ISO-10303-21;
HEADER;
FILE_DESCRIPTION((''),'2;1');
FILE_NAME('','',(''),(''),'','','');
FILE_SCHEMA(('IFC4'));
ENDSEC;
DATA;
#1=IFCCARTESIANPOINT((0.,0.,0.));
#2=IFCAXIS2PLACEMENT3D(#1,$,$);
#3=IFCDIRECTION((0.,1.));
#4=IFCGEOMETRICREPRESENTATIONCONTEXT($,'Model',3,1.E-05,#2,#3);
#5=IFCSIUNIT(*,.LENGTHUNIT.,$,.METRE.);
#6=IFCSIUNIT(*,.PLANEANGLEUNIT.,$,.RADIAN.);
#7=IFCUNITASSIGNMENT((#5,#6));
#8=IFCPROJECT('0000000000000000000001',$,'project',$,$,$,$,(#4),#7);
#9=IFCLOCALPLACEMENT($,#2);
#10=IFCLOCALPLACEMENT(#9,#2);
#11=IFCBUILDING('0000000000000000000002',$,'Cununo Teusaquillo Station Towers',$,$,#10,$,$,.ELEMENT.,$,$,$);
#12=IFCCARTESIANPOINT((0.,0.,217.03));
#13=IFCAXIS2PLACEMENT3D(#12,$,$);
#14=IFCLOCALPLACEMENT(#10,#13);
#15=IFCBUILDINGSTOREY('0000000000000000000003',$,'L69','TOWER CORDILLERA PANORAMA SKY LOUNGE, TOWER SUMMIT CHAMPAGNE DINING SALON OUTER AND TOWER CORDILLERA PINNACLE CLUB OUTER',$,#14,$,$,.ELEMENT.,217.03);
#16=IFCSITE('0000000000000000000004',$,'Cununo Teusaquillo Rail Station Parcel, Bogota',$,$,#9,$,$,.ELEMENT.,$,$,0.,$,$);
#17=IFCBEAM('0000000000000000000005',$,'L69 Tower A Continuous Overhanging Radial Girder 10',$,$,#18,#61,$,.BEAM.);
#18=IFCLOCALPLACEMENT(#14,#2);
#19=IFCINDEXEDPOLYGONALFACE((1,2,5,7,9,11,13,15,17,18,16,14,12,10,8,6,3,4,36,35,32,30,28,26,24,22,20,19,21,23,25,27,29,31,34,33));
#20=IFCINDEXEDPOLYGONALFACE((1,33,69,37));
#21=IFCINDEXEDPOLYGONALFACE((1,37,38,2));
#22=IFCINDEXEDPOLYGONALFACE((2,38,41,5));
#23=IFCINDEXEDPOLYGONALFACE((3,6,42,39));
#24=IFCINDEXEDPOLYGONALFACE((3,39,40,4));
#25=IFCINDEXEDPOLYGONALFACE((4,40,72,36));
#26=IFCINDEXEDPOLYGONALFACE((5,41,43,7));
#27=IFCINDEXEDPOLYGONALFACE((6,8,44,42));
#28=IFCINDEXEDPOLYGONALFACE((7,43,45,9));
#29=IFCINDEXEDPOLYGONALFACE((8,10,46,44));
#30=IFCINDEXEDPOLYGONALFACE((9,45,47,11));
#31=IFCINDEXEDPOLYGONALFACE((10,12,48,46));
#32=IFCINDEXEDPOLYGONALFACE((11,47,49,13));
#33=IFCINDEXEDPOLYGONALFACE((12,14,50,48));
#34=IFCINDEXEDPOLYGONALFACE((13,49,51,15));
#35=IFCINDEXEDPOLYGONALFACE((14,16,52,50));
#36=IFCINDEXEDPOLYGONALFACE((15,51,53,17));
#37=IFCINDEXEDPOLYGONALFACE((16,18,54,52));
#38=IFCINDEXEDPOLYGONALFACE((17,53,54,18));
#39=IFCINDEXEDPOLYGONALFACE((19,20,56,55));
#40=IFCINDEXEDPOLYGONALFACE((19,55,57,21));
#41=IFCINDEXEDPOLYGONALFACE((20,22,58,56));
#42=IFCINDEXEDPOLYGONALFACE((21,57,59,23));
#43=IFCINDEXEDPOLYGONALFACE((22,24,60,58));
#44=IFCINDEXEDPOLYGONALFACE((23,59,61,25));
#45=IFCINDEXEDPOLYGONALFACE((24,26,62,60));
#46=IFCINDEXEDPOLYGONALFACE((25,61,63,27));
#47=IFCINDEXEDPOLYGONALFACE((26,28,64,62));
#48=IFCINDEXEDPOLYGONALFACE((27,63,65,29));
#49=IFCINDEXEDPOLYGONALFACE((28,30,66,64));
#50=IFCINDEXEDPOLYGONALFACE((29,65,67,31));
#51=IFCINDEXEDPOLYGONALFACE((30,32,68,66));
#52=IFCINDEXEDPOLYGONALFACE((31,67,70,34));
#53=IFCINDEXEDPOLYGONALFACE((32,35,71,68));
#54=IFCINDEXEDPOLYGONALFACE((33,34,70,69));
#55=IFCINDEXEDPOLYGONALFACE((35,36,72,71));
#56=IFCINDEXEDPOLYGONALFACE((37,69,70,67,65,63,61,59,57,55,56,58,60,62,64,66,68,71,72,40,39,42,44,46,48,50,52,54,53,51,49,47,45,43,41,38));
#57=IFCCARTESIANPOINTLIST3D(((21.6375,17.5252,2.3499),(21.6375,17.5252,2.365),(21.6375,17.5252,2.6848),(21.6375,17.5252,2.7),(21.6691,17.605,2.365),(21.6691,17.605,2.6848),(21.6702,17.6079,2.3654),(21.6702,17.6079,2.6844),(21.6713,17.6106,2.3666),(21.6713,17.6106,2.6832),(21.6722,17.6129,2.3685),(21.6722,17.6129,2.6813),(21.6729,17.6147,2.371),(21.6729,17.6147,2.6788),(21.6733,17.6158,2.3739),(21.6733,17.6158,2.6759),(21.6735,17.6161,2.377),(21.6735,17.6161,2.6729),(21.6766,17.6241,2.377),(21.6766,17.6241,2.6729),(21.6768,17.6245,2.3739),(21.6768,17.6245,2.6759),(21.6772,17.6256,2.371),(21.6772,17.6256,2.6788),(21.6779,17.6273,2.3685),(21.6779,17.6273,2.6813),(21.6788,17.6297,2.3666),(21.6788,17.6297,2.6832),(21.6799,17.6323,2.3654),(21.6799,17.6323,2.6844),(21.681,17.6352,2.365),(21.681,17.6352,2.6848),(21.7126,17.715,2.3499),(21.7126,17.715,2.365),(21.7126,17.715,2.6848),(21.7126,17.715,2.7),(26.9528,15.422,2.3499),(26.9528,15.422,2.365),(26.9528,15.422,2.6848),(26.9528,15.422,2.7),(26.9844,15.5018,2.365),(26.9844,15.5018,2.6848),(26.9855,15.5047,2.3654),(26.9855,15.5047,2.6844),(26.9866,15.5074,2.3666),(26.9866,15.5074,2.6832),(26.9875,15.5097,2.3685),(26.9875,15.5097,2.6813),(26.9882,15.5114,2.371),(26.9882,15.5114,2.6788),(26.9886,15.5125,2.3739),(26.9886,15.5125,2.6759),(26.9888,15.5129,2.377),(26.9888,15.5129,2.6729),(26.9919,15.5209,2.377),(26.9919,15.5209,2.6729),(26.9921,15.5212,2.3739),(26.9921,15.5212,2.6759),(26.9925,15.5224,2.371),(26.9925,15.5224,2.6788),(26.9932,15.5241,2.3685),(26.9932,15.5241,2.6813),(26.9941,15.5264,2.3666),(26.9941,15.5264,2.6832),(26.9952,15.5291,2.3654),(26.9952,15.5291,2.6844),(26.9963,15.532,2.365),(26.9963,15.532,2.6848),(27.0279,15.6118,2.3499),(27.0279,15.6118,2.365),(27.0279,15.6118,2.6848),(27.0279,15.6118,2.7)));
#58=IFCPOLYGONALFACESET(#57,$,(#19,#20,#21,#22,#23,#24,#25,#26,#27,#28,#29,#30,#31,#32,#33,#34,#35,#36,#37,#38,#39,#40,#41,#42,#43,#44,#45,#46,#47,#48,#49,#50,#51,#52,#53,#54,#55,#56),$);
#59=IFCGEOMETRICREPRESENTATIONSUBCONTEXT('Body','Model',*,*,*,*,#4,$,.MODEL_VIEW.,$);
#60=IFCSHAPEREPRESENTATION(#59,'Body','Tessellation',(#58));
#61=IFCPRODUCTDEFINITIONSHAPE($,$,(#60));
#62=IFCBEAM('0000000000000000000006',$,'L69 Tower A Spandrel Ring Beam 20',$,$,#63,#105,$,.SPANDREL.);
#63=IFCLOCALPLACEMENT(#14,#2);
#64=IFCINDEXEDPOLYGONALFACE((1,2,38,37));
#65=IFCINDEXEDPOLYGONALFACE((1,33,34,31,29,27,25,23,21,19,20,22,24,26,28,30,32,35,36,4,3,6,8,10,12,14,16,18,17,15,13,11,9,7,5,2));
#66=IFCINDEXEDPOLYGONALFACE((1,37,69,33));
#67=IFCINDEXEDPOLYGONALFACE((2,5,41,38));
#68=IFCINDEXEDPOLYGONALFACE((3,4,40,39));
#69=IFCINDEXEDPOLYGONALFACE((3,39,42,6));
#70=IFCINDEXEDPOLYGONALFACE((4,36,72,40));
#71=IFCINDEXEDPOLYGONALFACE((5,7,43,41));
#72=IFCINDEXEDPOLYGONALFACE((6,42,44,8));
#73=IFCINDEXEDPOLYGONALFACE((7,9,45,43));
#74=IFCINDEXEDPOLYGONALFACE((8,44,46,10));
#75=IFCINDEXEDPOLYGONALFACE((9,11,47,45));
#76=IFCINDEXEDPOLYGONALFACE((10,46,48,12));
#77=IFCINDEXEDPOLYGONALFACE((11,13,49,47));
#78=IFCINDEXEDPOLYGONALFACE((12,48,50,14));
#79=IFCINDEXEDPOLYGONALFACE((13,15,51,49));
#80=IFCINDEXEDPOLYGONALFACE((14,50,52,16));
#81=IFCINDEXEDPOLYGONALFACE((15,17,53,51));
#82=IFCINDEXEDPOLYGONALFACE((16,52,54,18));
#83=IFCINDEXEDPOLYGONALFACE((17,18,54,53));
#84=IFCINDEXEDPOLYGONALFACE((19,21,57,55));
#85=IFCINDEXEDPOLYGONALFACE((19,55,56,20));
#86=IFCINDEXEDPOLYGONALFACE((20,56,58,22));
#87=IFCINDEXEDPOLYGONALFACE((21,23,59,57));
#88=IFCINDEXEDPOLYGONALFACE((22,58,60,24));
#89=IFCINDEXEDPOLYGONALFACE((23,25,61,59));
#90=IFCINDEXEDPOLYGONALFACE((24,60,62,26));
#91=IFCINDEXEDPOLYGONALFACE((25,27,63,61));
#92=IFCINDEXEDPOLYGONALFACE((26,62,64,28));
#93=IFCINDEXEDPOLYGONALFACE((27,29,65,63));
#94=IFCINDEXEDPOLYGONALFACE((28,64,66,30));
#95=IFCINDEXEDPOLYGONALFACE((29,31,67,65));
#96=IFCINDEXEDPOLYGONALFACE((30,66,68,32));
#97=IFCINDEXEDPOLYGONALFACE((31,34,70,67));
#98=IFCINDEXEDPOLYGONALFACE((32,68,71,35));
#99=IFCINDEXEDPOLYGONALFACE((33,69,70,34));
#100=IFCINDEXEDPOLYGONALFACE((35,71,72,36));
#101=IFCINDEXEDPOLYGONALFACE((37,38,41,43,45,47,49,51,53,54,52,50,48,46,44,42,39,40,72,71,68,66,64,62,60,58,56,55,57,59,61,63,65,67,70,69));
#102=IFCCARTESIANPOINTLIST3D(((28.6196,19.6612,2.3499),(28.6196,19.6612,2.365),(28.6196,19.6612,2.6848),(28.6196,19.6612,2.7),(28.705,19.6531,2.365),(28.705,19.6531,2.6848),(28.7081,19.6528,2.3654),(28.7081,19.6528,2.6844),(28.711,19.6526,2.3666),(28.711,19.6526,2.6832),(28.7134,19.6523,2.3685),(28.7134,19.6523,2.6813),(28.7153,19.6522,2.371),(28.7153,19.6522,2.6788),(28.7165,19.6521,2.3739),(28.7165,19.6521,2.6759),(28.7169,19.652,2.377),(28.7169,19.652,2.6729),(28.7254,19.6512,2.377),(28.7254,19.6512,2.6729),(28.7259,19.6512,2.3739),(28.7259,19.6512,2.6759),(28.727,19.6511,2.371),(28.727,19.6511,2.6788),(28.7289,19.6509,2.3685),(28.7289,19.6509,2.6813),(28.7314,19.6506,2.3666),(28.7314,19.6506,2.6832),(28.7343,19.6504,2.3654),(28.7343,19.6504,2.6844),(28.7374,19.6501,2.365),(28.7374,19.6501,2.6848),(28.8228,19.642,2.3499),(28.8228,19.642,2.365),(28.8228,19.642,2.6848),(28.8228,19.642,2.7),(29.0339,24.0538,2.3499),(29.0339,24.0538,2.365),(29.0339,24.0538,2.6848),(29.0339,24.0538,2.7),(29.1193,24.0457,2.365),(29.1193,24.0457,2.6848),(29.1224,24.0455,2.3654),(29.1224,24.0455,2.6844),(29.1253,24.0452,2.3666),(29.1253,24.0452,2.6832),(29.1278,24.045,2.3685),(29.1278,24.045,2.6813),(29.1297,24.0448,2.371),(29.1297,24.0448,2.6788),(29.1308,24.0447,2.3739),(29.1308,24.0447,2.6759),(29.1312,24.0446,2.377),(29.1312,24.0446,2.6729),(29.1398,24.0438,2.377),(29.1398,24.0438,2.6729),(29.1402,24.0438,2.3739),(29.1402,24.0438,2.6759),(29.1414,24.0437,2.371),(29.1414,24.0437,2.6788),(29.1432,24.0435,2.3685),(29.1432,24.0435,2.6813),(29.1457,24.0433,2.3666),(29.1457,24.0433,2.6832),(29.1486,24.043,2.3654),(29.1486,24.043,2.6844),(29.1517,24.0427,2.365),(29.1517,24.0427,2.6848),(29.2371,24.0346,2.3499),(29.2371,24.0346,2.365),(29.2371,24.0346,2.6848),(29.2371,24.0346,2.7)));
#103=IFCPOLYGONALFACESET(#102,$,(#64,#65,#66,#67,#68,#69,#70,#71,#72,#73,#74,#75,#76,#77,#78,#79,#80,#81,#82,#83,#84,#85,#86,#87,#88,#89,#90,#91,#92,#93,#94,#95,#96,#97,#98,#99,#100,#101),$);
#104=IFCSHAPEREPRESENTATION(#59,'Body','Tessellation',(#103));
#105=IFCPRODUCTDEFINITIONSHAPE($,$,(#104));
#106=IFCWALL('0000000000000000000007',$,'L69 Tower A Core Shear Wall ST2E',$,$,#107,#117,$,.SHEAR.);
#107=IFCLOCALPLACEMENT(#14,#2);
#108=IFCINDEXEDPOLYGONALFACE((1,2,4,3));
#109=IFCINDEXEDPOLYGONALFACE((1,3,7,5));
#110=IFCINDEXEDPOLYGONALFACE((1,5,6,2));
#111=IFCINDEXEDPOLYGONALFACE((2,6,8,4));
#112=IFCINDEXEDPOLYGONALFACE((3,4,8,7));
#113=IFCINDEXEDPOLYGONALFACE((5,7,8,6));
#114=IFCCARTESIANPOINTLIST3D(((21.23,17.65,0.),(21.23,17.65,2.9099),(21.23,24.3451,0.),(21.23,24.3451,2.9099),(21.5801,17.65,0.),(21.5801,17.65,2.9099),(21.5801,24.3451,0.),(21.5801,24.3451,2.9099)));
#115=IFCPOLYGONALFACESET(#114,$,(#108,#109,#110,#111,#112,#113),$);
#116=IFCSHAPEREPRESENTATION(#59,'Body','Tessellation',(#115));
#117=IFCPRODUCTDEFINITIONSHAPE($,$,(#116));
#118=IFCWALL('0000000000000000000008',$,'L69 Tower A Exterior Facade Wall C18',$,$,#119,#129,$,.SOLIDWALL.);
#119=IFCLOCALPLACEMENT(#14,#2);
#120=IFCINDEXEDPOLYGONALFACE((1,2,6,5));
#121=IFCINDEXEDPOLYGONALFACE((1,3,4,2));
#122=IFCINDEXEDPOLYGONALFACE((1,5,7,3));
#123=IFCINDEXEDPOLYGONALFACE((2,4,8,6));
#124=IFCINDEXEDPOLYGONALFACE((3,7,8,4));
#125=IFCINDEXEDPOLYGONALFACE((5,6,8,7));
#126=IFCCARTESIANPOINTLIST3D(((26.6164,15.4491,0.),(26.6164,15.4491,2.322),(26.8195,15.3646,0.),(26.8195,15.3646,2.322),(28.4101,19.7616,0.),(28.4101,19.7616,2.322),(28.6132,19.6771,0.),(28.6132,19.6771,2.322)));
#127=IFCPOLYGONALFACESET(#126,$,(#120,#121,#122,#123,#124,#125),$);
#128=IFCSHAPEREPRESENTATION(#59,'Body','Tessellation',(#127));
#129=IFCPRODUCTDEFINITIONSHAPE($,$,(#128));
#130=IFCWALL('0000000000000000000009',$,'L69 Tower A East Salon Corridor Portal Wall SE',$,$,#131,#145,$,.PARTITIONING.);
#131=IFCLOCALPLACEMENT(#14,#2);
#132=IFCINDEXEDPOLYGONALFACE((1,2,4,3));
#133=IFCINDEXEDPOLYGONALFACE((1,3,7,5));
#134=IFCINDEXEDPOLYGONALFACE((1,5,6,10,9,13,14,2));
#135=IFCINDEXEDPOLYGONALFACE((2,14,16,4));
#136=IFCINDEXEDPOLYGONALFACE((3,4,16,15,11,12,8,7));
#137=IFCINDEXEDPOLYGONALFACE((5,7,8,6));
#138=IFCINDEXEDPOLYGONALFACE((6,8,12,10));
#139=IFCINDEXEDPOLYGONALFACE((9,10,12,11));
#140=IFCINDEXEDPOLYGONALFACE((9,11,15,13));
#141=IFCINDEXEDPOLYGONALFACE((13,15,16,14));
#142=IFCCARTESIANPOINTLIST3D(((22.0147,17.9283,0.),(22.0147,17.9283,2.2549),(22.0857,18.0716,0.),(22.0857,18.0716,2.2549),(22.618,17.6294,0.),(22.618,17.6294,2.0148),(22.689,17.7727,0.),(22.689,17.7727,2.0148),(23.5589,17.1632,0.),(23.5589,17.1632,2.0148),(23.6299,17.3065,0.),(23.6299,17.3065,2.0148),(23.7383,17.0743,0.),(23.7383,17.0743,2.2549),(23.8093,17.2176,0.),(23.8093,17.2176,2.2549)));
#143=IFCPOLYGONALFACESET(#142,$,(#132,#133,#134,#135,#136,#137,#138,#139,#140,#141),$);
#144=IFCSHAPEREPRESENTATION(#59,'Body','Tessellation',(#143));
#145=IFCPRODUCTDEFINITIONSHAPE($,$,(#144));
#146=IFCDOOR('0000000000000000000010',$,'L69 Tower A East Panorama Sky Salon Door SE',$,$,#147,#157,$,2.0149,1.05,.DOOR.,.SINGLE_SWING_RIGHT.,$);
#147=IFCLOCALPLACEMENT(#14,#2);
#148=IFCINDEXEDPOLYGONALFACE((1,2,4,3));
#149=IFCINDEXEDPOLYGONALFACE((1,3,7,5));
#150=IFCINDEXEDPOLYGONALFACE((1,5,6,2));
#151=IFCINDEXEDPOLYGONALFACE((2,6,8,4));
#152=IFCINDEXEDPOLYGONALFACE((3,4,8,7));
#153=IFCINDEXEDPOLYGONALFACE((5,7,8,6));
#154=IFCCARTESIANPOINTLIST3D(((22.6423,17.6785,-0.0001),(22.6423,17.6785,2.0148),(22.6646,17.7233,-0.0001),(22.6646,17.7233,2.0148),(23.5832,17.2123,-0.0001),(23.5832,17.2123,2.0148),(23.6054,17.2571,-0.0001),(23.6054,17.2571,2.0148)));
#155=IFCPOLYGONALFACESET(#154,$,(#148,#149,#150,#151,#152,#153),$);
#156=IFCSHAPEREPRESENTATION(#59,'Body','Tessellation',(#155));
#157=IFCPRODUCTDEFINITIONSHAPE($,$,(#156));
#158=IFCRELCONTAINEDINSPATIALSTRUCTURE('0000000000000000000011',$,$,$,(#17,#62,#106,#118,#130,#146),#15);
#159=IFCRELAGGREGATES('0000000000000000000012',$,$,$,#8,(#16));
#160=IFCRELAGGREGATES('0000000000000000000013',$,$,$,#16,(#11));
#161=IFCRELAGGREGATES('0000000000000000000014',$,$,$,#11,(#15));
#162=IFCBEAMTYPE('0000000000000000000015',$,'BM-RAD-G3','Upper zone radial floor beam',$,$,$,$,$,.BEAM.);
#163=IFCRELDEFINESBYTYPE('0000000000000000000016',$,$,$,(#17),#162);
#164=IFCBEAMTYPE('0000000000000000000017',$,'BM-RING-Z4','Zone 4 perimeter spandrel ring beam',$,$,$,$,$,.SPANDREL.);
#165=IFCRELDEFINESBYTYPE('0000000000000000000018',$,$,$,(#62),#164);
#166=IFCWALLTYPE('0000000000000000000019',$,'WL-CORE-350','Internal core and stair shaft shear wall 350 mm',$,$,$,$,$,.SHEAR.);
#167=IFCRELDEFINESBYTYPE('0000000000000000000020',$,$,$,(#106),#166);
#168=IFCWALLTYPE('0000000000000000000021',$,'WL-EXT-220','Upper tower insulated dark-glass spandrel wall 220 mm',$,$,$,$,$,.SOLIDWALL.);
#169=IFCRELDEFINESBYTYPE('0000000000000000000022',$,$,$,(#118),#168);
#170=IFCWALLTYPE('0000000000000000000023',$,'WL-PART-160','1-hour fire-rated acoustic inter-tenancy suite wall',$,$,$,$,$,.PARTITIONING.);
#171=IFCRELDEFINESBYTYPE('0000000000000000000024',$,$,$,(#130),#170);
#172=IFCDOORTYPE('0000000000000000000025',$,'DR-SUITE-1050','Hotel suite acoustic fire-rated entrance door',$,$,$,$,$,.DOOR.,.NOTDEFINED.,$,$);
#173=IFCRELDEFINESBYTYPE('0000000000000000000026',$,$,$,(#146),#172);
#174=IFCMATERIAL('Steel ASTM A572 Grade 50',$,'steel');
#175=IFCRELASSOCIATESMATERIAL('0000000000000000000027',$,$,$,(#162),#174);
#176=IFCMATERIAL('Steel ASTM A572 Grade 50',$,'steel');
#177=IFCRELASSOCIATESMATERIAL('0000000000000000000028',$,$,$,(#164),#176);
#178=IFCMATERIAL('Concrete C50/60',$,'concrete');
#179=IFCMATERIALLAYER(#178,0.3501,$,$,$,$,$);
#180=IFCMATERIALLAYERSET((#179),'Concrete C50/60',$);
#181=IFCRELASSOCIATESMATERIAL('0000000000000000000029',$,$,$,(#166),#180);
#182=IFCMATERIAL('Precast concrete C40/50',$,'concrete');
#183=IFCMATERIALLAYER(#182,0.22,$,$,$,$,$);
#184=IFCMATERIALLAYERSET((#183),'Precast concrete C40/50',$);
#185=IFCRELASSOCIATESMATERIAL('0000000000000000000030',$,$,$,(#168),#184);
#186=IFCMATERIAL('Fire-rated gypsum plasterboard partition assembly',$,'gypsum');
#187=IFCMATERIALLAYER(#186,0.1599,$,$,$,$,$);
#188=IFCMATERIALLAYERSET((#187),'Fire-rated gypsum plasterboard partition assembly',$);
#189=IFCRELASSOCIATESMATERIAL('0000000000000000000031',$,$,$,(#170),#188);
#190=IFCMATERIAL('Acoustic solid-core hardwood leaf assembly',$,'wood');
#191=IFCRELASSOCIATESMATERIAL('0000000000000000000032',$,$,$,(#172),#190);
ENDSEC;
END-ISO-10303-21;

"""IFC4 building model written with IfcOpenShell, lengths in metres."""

from ifc_helpers import new_model, si_unit, direction, frame, frame_2d, origin, origin_2d, place, context, subcontext, project, spatial, rectangle, i_section, extrude, source, transform, mapped, material, layer, layer_set, material_profile, profile_set, type_object, element, fill, save


model = new_model("IFC4")

# Units and contexts
model_context = context("Model", 3, precision=1e-05, world=origin(), true_north=direction((0.0, 1.0)))
body_context = subcontext(model_context, "Body", "Model", "MODEL_VIEW")
ifc_project = project(units=[si_unit("LENGTHUNIT", "METRE"), si_unit("PLANEANGLEUNIT", "RADIAN")], contexts=[model_context])

# Site, building, storey
site_placement = place(None, origin())
site = spatial("IfcSite", under=ifc_project, at=site_placement, Name="Cununo Teusaquillo Rail Station Parcel, Bogota", CompositionType="ELEMENT", RefElevation=0.0)
building_placement = place(site_placement, origin())
building = spatial("IfcBuilding", under=site, at=building_placement, Name="Cununo Teusaquillo Station Towers", CompositionType="ELEMENT")
storey_placement = place(building_placement, frame((0.0, 0.0, 217.03)))
storey = spatial("IfcBuildingStorey", under=building, at=storey_placement, Name="L69", Description="TOWER CORDILLERA PANORAMA SKY LOUNGE, TOWER SUMMIT CHAMPAGNE DINING SALON OUTER AND TOWER CORDILLERA PINNACLE CLUB OUTER", CompositionType="ELEMENT", Elevation=217.03)

# Beams
ifc_material_1 = material(Name="Steel ASTM A572 Grade 50", Category="steel")
ifc_material_profile_1 = material_profile(ifc_material_1, i_section(OverallWidth=0.2041, OverallDepth=0.3501, WebThickness=0.0085, FlangeThickness=0.0151, FilletRadius=0.012, at=origin_2d()), Name="W14X48")
ifc_profile_set_1 = profile_set([ifc_material_profile_1], Name="Steel ASTM A572 Grade 50")
beam_type_1 = type_object("IfcBeamType", Name="BM-RAD-G3", Description="Upper zone radial floor beam", PredefinedType="BEAM", material=ifc_profile_set_1)
beam_1_placement = place(storey_placement, frame((21.675, 17.6201, 2.5249), z_axis=(0.929852, -0.367935, 0.0), x_axis=(0.367935, 0.929852, 0.0)))
element("IfcBeam", 1, at=beam_1_placement, inside=storey, type_object=beam_type_1, Name="L69 Tower A Continuous Overhanging Radial Girder 10", PredefinedType="BEAM", context=body_context, shape_type="SweptSolid", body=[
    extrude(i_section(OverallWidth=0.2041, OverallDepth=0.3501, WebThickness=0.0085, FlangeThickness=0.0151, FilletRadius=0.012, at=origin_2d()), origin(), (0.0, 0.0, 1.0), 5.7163),
])
ifc_material_2 = material(Name="Steel ASTM A572 Grade 50", Category="steel")
ifc_material_profile_2 = material_profile(ifc_material_2, i_section(OverallWidth=0.2041, OverallDepth=0.3501, WebThickness=0.0085, FlangeThickness=0.0151, FilletRadius=0.012, at=origin_2d()), Name="W14X48")
ifc_profile_set_2 = profile_set([ifc_material_profile_2], Name="Steel ASTM A572 Grade 50")
beam_type_2 = type_object("IfcBeamType", Name="BM-RING-Z4", Description="Zone 4 perimeter spandrel ring beam", PredefinedType="SPANDREL", material=ifc_profile_set_2)
beam_2_placement = place(storey_placement, frame((28.7212, 19.6516, 2.5249), z_axis=(0.093903, 0.995581, 0.0), x_axis=(-0.995581, 0.093903, 0.0)))
element("IfcBeam", 2, at=beam_2_placement, inside=storey, type_object=beam_type_2, Name="L69 Tower A Spandrel Ring Beam 20", PredefinedType="SPANDREL", context=body_context, shape_type="SweptSolid", body=[
    extrude(i_section(OverallWidth=0.2041, OverallDepth=0.3501, WebThickness=0.0085, FlangeThickness=0.0151, FilletRadius=0.012, at=origin_2d()), origin(), (0.0, 0.0, 1.0), 4.4121),
])

# Walls
ifc_material_3 = material(Name="Concrete C50/60", Category="concrete")
ifc_layer_1 = layer(ifc_material_3, 0.3501)
ifc_layer_set_1 = layer_set([ifc_layer_1], Name="Concrete C50/60")
wall_type_1 = type_object("IfcWallType", Name="WL-CORE-350", Description="Internal core and stair shaft shear wall 350 mm", PredefinedType="SHEAR", material=ifc_layer_set_1)
wall_1_placement = place(storey_placement, frame((21.405, 17.6499, 0.0), z_axis=(0.0, 0.0, 1.0), x_axis=(0.0, 1.0, 0.0)))
element("IfcWall", 3, at=wall_1_placement, inside=storey, type_object=wall_type_1, Name="L69 Tower A Core Shear Wall ST2E", PredefinedType="SHEAR", context=body_context, shape_type="SweptSolid", body=[
    extrude(rectangle(XDim=6.6951, YDim=0.3501, at=frame_2d((3.3477, 0.0))), origin(), (0.0, 0.0, 1.0), 2.9099),
])
ifc_material_4 = material(Name="Precast concrete C40/50", Category="concrete")
ifc_layer_2 = layer(ifc_material_4, 0.22)
ifc_layer_set_2 = layer_set([ifc_layer_2], Name="Precast concrete C40/50")
wall_type_2 = type_object("IfcWallType", Name="WL-EXT-220", Description="Upper tower insulated dark-glass spandrel wall 220 mm", PredefinedType="SOLIDWALL", material=ifc_layer_set_2)
wall_2_placement = place(storey_placement, frame((28.5117, 19.7195, 0.0), z_axis=(0.0, 0.0, 1.0), x_axis=(-0.384036, -0.923318, 0.0)))
element("IfcWall", 4, at=wall_2_placement, inside=storey, type_object=wall_type_2, Name="L69 Tower A Exterior Facade Wall C18", PredefinedType="SOLIDWALL", context=body_context, shape_type="SweptSolid", body=[
    extrude(rectangle(XDim=4.6707, YDim=0.22, at=frame_2d((2.3354, 0.0))), origin(), (0.0, 0.0, 1.0), 2.322),
])

# Wall, opening, door
ifc_material_5 = material(Name="Fire-rated gypsum plasterboard partition assembly", Category="gypsum")
ifc_layer_3 = layer(ifc_material_5, 0.1599)
ifc_layer_set_3 = layer_set([ifc_layer_3], Name="Fire-rated gypsum plasterboard partition assembly")
wall_type_3 = type_object("IfcWallType", Name="WL-PART-160", Description="1-hour fire-rated acoustic inter-tenancy suite wall", PredefinedType="PARTITIONING", material=ifc_layer_set_3)
wall_3_placement = place(storey_placement, frame((22.05, 18.0, 0.0), z_axis=(0.0, 0.0, 1.0), x_axis=(0.896046, -0.443962, 0.0)))
wall_3 = element("IfcWall", 5, at=wall_3_placement, inside=storey, type_object=wall_type_3, Name="L69 Tower A East Salon Corridor Portal Wall SE", PredefinedType="PARTITIONING", context=body_context, shape_type="SweptSolid", body=[
    extrude(rectangle(XDim=1.9236, YDim=0.1599, at=frame_2d((0.9619, 0.0))), origin(), (0.0, 0.0, 1.0), 2.2549),
])
shared_shape_1 = source(origin(), body_context, "Body", "SweptSolid", [
    extrude(rectangle(XDim=1.05, YDim=2.0149, at=frame_2d((0.5249, 1.0073))), frame((0.0, 0.0898, 0.0), z_axis=(0.0, -1.0, 0.0), x_axis=(1.0, 0.0, 0.0)), (0.0, 0.0, 1.0), 0.1799),
])
opening_placement = place(wall_3_placement, frame((0.6736, 0.0, 0.0)))
opening = element("IfcOpeningElement", 6, at=opening_placement, cuts=wall_3, PredefinedType="OPENING", context=body_context, shape_type="MappedRepresentation", body=[
    mapped(shared_shape_1, transform((0.0, 0.0, 0.0), x_axis=(1.0, 0.0, 0.0), y_axis=(0.0, 1.0, 0.0), z_axis=(0.0, 0.0, 1.0), scale=1.0)),
])
ifc_material_6 = material(Name="Acoustic solid-core hardwood leaf assembly", Category="wood")
door_type = type_object("IfcDoorType", Name="DR-SUITE-1050", Description="Hotel suite acoustic fire-rated entrance door", OperationType="NOTDEFINED", PredefinedType="DOOR", material=ifc_material_6)
shared_shape_2 = source(origin(), body_context, "Body", "SweptSolid", [
    extrude(rectangle(XDim=1.05, YDim=2.0149, at=frame_2d((0.5249, 1.0073))), frame((0.0, 0.0249, 0.0), z_axis=(0.0, -1.0, 0.0), x_axis=(1.0, 0.0, 0.0)), (0.0, 0.0, 1.0), 0.05),
])
door_placement = place(opening_placement, origin())
door = element("IfcDoor", 7, at=door_placement, inside=storey, type_object=door_type, Name="L69 Tower A East Panorama Sky Salon Door SE", OperationType="SINGLE_SWING_RIGHT", OverallHeight=2.0149, OverallWidth=1.05, PredefinedType="DOOR", context=body_context, shape_type="MappedRepresentation", body=[
    mapped(shared_shape_2, transform((0.0, 0.0, 0.0), x_axis=(1.0, 0.0, 0.0), y_axis=(0.0, 1.0, 0.0), z_axis=(0.0, 0.0, 1.0), scale=1.0)),
])
fill(opening, door)

save(model, "model.ifc")
